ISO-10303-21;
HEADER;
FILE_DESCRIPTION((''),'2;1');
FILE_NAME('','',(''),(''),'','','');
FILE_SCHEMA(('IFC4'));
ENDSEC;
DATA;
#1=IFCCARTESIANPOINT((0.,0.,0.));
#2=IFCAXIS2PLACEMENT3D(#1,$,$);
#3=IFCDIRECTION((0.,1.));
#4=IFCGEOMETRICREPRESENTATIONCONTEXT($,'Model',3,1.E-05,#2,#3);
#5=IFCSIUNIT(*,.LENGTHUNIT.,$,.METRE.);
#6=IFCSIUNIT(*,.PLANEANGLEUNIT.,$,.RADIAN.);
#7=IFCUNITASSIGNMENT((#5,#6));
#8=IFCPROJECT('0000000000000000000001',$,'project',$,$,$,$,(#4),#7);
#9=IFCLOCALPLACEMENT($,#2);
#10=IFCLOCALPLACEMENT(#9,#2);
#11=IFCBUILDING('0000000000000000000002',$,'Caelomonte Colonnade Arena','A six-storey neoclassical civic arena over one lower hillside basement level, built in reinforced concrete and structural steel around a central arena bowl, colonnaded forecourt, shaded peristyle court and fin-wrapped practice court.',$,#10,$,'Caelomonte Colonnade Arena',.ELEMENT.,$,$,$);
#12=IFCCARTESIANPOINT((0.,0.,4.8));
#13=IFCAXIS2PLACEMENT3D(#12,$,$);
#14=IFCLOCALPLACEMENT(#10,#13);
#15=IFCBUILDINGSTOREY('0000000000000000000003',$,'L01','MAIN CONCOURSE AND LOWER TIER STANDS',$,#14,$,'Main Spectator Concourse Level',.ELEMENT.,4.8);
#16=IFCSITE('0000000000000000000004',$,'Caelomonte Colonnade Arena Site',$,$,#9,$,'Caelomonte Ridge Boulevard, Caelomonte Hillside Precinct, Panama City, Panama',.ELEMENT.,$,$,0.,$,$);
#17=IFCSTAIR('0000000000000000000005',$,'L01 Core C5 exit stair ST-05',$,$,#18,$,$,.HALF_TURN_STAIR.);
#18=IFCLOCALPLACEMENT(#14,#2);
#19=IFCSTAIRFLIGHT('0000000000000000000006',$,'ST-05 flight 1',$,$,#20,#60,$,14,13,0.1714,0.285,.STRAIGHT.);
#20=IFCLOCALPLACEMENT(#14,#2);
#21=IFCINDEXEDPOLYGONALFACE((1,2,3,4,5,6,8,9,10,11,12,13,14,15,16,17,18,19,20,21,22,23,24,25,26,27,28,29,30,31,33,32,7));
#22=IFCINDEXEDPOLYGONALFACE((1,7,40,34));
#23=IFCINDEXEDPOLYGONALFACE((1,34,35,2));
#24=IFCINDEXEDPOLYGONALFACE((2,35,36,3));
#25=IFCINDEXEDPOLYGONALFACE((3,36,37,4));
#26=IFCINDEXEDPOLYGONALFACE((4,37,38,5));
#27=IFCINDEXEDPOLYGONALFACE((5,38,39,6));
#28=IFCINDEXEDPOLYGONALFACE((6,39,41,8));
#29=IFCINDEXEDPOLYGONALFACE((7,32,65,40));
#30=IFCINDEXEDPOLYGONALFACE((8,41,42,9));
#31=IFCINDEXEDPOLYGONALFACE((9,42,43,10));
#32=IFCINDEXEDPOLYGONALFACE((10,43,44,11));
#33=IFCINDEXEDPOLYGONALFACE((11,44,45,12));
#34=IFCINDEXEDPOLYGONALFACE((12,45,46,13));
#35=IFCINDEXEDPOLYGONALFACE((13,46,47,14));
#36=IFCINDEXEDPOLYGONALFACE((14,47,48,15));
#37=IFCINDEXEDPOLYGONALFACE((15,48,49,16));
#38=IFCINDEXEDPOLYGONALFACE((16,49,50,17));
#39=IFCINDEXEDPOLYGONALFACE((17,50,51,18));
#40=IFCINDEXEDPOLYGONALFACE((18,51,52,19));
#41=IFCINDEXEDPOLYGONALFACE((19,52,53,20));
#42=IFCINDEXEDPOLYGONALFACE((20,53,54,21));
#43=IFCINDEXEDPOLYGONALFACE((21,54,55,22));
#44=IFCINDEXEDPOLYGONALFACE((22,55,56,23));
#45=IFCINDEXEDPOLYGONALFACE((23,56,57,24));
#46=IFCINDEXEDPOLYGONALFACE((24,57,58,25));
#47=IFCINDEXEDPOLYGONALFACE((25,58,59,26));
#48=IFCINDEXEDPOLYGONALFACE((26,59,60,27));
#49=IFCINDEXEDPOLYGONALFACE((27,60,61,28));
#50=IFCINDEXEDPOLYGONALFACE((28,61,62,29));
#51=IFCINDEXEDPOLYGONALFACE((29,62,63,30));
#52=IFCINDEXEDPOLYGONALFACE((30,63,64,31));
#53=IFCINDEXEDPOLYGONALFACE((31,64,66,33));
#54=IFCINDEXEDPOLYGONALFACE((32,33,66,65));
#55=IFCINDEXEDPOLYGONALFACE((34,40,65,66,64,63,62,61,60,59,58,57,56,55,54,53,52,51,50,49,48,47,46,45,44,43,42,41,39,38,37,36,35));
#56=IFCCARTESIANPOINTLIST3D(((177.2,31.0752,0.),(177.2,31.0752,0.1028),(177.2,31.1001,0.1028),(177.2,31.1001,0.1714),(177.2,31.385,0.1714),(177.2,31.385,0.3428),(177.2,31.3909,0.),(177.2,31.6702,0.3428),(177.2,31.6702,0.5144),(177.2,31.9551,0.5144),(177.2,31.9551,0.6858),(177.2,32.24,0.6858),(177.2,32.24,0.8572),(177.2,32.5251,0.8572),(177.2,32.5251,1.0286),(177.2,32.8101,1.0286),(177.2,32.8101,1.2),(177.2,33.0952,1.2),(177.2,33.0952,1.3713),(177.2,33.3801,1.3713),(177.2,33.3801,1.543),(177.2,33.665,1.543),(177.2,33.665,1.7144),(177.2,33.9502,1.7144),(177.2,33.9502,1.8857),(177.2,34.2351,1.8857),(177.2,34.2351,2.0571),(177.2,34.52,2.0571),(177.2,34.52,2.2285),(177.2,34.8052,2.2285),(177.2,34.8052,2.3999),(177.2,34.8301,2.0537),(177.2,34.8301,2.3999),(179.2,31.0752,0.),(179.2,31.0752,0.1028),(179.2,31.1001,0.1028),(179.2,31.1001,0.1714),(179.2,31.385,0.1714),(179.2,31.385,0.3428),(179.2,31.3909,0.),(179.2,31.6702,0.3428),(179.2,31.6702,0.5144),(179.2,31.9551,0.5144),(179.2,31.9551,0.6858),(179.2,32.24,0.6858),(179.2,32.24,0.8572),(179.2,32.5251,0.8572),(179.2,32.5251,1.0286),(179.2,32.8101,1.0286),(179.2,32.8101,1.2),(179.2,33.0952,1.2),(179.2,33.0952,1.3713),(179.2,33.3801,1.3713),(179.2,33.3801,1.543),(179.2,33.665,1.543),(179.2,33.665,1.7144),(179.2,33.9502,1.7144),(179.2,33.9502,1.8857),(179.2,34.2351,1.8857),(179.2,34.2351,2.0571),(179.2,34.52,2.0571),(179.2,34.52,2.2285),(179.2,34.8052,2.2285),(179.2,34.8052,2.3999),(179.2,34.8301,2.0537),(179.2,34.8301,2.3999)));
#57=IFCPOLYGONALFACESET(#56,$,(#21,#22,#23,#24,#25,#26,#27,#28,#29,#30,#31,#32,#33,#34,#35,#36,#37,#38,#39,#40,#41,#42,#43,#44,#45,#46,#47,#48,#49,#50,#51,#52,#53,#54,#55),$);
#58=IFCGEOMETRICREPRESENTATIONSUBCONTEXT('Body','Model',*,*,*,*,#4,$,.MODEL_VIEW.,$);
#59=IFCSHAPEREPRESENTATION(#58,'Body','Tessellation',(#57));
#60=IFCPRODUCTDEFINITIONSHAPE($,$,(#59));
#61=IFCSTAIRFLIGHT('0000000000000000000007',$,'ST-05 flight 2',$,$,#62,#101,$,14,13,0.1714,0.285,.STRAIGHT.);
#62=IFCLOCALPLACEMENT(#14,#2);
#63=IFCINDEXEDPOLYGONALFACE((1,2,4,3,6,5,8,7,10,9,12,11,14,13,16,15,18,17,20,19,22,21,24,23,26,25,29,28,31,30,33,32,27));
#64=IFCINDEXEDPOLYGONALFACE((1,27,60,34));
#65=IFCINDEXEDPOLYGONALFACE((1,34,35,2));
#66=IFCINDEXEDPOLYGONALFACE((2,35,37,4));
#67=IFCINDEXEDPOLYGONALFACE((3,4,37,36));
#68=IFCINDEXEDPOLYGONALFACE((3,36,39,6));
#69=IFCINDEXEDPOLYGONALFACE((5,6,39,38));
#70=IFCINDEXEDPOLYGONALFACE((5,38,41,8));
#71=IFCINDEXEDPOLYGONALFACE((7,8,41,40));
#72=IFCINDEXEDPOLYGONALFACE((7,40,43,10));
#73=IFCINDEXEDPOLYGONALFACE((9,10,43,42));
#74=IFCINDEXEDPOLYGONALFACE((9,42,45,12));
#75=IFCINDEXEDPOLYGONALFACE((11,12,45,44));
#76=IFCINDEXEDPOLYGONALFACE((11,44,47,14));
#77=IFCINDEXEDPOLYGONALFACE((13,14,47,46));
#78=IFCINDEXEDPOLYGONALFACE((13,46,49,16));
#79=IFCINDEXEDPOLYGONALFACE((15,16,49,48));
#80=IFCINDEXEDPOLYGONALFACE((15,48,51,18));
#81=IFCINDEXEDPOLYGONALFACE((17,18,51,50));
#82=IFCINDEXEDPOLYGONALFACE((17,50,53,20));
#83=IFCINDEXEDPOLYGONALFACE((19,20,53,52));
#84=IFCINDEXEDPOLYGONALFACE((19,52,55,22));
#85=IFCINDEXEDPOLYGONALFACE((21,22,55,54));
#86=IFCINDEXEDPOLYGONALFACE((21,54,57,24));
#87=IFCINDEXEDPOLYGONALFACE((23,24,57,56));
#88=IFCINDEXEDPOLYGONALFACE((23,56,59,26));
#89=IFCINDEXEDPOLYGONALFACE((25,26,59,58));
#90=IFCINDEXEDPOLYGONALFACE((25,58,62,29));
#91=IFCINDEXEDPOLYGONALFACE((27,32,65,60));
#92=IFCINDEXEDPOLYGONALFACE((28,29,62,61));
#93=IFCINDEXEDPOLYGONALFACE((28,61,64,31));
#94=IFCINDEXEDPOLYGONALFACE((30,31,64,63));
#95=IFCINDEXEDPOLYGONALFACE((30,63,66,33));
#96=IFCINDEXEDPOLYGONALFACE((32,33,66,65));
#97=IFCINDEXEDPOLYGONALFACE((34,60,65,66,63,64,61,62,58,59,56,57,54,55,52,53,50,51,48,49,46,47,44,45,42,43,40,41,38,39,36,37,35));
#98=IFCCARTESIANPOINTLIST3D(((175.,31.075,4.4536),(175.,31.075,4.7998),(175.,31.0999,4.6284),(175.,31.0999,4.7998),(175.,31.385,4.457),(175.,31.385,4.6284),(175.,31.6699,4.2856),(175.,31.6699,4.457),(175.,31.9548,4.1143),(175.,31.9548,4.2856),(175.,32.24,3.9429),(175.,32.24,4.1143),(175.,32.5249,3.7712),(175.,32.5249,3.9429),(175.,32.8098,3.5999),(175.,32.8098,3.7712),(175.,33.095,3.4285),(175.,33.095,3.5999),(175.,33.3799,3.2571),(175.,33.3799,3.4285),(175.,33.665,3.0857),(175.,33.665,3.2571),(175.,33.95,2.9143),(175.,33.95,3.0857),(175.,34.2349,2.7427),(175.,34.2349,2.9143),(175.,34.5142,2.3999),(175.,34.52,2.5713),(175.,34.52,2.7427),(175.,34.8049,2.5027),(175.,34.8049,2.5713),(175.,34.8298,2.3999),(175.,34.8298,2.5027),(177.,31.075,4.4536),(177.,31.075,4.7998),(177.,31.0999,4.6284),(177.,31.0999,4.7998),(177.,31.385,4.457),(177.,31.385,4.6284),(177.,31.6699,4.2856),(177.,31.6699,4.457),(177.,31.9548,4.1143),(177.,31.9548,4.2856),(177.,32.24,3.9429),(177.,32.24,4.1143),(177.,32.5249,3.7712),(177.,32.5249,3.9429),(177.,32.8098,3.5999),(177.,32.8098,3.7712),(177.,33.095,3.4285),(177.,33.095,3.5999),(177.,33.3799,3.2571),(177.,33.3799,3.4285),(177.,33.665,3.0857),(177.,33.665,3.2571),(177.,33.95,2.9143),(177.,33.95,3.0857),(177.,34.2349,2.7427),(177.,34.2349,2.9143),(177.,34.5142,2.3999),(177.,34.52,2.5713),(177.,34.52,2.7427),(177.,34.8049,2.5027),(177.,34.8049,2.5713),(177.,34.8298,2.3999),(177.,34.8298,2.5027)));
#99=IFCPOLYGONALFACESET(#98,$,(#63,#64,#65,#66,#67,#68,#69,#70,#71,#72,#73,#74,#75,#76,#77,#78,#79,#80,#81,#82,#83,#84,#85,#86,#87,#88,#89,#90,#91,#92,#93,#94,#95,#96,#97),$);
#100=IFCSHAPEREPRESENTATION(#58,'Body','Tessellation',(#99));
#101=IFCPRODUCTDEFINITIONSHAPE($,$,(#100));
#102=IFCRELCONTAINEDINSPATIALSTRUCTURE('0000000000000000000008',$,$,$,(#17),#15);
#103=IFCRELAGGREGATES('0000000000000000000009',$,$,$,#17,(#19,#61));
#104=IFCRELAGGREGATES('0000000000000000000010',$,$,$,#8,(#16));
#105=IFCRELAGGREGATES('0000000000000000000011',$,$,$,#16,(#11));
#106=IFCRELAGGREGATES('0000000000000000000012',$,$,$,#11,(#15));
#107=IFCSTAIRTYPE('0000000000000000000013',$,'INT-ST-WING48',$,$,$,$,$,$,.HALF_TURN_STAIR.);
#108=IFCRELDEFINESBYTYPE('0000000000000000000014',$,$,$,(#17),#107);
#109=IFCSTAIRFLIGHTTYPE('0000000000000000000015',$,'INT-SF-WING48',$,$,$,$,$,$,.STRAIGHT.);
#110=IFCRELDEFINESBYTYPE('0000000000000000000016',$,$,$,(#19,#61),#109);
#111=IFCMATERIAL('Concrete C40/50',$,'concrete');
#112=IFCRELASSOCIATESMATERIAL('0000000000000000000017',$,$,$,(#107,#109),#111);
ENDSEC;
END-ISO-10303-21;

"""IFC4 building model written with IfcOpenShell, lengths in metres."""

from ifc_helpers import new_model, si_unit, direction, frame, origin, place, context, subcontext, project, spatial, polyline, outline, extrude, material, type_object, element, aggregate, save


model = new_model("IFC4")

# Units and contexts
model_context = context("Model", 3, precision=1e-05, world=origin(), true_north=direction((0.0, 1.0)))
body_context = subcontext(model_context, "Body", "Model", "MODEL_VIEW")
ifc_project = project(units=[si_unit("LENGTHUNIT", "METRE"), si_unit("PLANEANGLEUNIT", "RADIAN")], contexts=[model_context])

# Site, building, storey
site_placement = place(None, origin())
site = spatial("IfcSite", under=ifc_project, at=site_placement, Name="Caelomonte Colonnade Arena Site", LongName="Caelomonte Ridge Boulevard, Caelomonte Hillside Precinct, Panama City, Panama", CompositionType="ELEMENT", RefElevation=0.0)
building_placement = place(site_placement, origin())
building = spatial("IfcBuilding", under=site, at=building_placement, Name="Caelomonte Colonnade Arena", Description="A six-storey neoclassical civic arena over one lower hillside basement level, built in reinforced concrete and structural steel around a central arena bowl, colonnaded forecourt, shaded peristyle court and fin-wrapped practice court.", LongName="Caelomonte Colonnade Arena", CompositionType="ELEMENT")
storey_placement = place(building_placement, frame((0.0, 0.0, 4.8)))
storey = spatial("IfcBuildingStorey", under=building, at=storey_placement, Name="L01", Description="MAIN CONCOURSE AND LOWER TIER STANDS", LongName="Main Spectator Concourse Level", CompositionType="ELEMENT", Elevation=4.8)

# Shared definitions
ifc_material_1 = material(Name="Concrete C40/50", Category="concrete")

# Stair, stair flights
stair_type = type_object("IfcStairType", Name="INT-ST-WING48", PredefinedType="HALF_TURN_STAIR", material=ifc_material_1)
stair_placement = place(storey_placement, origin())
stair = element("IfcStair", 1, at=stair_placement, inside=storey, type_object=stair_type, Name="L01 Core C5 exit stair ST-05", PredefinedType="HALF_TURN_STAIR")
stair_flight_type = type_object("IfcStairFlightType", Name="INT-SF-WING48", PredefinedType="STRAIGHT", material=ifc_material_1)
stair_flight_1_placement = place(storey_placement, frame((178.2, 31.1001, 0.0), z_axis=(0.0, 0.0, 1.0), x_axis=(0.0, 1.0, 0.0)))
stair_flight_1 = element("IfcStairFlight", 2, at=stair_flight_1_placement, type_object=stair_flight_type, Name="ST-05 flight 1", NumberOfRisers=14, NumberOfTreads=13, PredefinedType="STRAIGHT", RiserHeight=0.1714, TreadLength=0.285, context=body_context, shape_type="SweptSolid", body=[
    extrude(outline(polyline([(-0.0249, 0.0), (-0.0249, 0.1028), (0.0, 0.1028), (0.0, 0.1714), (0.2849, 0.1714), (0.2849, 0.3428), (0.5701, 0.3428), (0.5701, 0.5144), (0.855, 0.5144), (0.855, 0.6858), (1.1399, 0.6858), (1.1399, 0.8572), (1.425, 0.8572), (1.425, 1.0286), (1.71, 1.0286), (1.71, 1.2), (1.9951, 1.2), (1.9951, 1.3713), (2.28, 1.3713), (2.28, 1.543), (2.5649, 1.543), (2.5649, 1.7144), (2.8501, 1.7144), (2.8501, 1.8857), (3.135, 1.8857), (3.135, 2.0571), (3.4199, 2.0571), (3.4199, 2.2285), (3.7051, 2.2285), (3.7051, 2.3999), (3.73, 2.3999), (3.73, 2.0537), (0.2908, 0.0), (-0.0249, 0.0)])), frame((0.0, 1.0, 0.0), z_axis=(0.0, -1.0, 0.0), x_axis=(1.0, 0.0, 0.0)), (0.0, 0.0, 1.0), 2.0),
])
stair_flight_2_placement = place(storey_placement, frame((176.0, 34.8049, 2.3999), z_axis=(0.0, 0.0, 1.0), x_axis=(0.0, -1.0, 0.0)))
stair_flight_2 = element("IfcStairFlight", 3, at=stair_flight_2_placement, type_object=stair_flight_type, Name="ST-05 flight 2", NumberOfRisers=14, NumberOfTreads=13, PredefinedType="STRAIGHT", RiserHeight=0.1714, TreadLength=0.285, context=body_context, shape_type="SweptSolid", body=[
    extrude(outline(polyline([(-0.0249, 0.0), (-0.0249, 0.1028), (0.0, 0.1028), (0.0, 0.1714), (0.2849, 0.1714), (0.2849, 0.3428), (0.5701, 0.3428), (0.5701, 0.5144), (0.855, 0.5144), (0.855, 0.6858), (1.1399, 0.6858), (1.1399, 0.8572), (1.425, 0.8572), (1.425, 1.0286), (1.71, 1.0286), (1.71, 1.2), (1.9951, 1.2), (1.9951, 1.3713), (2.28, 1.3713), (2.28, 1.543), (2.5649, 1.543), (2.5649, 1.7144), (2.8501, 1.7144), (2.8501, 1.8857), (3.135, 1.8857), (3.135, 2.0571), (3.4199, 2.0571), (3.4199, 2.2285), (3.7051, 2.2285), (3.7051, 2.3999), (3.73, 2.3999), (3.73, 2.0537), (0.2908, 0.0), (-0.0249, 0.0)])), frame((0.0, 1.0, 0.0), z_axis=(0.0, -1.0, 0.0), x_axis=(1.0, 0.0, 0.0)), (0.0, 0.0, 1.0), 2.0),
])
aggregate(stair, [stair_flight_1, stair_flight_2])

save(model, "model.ifc")
